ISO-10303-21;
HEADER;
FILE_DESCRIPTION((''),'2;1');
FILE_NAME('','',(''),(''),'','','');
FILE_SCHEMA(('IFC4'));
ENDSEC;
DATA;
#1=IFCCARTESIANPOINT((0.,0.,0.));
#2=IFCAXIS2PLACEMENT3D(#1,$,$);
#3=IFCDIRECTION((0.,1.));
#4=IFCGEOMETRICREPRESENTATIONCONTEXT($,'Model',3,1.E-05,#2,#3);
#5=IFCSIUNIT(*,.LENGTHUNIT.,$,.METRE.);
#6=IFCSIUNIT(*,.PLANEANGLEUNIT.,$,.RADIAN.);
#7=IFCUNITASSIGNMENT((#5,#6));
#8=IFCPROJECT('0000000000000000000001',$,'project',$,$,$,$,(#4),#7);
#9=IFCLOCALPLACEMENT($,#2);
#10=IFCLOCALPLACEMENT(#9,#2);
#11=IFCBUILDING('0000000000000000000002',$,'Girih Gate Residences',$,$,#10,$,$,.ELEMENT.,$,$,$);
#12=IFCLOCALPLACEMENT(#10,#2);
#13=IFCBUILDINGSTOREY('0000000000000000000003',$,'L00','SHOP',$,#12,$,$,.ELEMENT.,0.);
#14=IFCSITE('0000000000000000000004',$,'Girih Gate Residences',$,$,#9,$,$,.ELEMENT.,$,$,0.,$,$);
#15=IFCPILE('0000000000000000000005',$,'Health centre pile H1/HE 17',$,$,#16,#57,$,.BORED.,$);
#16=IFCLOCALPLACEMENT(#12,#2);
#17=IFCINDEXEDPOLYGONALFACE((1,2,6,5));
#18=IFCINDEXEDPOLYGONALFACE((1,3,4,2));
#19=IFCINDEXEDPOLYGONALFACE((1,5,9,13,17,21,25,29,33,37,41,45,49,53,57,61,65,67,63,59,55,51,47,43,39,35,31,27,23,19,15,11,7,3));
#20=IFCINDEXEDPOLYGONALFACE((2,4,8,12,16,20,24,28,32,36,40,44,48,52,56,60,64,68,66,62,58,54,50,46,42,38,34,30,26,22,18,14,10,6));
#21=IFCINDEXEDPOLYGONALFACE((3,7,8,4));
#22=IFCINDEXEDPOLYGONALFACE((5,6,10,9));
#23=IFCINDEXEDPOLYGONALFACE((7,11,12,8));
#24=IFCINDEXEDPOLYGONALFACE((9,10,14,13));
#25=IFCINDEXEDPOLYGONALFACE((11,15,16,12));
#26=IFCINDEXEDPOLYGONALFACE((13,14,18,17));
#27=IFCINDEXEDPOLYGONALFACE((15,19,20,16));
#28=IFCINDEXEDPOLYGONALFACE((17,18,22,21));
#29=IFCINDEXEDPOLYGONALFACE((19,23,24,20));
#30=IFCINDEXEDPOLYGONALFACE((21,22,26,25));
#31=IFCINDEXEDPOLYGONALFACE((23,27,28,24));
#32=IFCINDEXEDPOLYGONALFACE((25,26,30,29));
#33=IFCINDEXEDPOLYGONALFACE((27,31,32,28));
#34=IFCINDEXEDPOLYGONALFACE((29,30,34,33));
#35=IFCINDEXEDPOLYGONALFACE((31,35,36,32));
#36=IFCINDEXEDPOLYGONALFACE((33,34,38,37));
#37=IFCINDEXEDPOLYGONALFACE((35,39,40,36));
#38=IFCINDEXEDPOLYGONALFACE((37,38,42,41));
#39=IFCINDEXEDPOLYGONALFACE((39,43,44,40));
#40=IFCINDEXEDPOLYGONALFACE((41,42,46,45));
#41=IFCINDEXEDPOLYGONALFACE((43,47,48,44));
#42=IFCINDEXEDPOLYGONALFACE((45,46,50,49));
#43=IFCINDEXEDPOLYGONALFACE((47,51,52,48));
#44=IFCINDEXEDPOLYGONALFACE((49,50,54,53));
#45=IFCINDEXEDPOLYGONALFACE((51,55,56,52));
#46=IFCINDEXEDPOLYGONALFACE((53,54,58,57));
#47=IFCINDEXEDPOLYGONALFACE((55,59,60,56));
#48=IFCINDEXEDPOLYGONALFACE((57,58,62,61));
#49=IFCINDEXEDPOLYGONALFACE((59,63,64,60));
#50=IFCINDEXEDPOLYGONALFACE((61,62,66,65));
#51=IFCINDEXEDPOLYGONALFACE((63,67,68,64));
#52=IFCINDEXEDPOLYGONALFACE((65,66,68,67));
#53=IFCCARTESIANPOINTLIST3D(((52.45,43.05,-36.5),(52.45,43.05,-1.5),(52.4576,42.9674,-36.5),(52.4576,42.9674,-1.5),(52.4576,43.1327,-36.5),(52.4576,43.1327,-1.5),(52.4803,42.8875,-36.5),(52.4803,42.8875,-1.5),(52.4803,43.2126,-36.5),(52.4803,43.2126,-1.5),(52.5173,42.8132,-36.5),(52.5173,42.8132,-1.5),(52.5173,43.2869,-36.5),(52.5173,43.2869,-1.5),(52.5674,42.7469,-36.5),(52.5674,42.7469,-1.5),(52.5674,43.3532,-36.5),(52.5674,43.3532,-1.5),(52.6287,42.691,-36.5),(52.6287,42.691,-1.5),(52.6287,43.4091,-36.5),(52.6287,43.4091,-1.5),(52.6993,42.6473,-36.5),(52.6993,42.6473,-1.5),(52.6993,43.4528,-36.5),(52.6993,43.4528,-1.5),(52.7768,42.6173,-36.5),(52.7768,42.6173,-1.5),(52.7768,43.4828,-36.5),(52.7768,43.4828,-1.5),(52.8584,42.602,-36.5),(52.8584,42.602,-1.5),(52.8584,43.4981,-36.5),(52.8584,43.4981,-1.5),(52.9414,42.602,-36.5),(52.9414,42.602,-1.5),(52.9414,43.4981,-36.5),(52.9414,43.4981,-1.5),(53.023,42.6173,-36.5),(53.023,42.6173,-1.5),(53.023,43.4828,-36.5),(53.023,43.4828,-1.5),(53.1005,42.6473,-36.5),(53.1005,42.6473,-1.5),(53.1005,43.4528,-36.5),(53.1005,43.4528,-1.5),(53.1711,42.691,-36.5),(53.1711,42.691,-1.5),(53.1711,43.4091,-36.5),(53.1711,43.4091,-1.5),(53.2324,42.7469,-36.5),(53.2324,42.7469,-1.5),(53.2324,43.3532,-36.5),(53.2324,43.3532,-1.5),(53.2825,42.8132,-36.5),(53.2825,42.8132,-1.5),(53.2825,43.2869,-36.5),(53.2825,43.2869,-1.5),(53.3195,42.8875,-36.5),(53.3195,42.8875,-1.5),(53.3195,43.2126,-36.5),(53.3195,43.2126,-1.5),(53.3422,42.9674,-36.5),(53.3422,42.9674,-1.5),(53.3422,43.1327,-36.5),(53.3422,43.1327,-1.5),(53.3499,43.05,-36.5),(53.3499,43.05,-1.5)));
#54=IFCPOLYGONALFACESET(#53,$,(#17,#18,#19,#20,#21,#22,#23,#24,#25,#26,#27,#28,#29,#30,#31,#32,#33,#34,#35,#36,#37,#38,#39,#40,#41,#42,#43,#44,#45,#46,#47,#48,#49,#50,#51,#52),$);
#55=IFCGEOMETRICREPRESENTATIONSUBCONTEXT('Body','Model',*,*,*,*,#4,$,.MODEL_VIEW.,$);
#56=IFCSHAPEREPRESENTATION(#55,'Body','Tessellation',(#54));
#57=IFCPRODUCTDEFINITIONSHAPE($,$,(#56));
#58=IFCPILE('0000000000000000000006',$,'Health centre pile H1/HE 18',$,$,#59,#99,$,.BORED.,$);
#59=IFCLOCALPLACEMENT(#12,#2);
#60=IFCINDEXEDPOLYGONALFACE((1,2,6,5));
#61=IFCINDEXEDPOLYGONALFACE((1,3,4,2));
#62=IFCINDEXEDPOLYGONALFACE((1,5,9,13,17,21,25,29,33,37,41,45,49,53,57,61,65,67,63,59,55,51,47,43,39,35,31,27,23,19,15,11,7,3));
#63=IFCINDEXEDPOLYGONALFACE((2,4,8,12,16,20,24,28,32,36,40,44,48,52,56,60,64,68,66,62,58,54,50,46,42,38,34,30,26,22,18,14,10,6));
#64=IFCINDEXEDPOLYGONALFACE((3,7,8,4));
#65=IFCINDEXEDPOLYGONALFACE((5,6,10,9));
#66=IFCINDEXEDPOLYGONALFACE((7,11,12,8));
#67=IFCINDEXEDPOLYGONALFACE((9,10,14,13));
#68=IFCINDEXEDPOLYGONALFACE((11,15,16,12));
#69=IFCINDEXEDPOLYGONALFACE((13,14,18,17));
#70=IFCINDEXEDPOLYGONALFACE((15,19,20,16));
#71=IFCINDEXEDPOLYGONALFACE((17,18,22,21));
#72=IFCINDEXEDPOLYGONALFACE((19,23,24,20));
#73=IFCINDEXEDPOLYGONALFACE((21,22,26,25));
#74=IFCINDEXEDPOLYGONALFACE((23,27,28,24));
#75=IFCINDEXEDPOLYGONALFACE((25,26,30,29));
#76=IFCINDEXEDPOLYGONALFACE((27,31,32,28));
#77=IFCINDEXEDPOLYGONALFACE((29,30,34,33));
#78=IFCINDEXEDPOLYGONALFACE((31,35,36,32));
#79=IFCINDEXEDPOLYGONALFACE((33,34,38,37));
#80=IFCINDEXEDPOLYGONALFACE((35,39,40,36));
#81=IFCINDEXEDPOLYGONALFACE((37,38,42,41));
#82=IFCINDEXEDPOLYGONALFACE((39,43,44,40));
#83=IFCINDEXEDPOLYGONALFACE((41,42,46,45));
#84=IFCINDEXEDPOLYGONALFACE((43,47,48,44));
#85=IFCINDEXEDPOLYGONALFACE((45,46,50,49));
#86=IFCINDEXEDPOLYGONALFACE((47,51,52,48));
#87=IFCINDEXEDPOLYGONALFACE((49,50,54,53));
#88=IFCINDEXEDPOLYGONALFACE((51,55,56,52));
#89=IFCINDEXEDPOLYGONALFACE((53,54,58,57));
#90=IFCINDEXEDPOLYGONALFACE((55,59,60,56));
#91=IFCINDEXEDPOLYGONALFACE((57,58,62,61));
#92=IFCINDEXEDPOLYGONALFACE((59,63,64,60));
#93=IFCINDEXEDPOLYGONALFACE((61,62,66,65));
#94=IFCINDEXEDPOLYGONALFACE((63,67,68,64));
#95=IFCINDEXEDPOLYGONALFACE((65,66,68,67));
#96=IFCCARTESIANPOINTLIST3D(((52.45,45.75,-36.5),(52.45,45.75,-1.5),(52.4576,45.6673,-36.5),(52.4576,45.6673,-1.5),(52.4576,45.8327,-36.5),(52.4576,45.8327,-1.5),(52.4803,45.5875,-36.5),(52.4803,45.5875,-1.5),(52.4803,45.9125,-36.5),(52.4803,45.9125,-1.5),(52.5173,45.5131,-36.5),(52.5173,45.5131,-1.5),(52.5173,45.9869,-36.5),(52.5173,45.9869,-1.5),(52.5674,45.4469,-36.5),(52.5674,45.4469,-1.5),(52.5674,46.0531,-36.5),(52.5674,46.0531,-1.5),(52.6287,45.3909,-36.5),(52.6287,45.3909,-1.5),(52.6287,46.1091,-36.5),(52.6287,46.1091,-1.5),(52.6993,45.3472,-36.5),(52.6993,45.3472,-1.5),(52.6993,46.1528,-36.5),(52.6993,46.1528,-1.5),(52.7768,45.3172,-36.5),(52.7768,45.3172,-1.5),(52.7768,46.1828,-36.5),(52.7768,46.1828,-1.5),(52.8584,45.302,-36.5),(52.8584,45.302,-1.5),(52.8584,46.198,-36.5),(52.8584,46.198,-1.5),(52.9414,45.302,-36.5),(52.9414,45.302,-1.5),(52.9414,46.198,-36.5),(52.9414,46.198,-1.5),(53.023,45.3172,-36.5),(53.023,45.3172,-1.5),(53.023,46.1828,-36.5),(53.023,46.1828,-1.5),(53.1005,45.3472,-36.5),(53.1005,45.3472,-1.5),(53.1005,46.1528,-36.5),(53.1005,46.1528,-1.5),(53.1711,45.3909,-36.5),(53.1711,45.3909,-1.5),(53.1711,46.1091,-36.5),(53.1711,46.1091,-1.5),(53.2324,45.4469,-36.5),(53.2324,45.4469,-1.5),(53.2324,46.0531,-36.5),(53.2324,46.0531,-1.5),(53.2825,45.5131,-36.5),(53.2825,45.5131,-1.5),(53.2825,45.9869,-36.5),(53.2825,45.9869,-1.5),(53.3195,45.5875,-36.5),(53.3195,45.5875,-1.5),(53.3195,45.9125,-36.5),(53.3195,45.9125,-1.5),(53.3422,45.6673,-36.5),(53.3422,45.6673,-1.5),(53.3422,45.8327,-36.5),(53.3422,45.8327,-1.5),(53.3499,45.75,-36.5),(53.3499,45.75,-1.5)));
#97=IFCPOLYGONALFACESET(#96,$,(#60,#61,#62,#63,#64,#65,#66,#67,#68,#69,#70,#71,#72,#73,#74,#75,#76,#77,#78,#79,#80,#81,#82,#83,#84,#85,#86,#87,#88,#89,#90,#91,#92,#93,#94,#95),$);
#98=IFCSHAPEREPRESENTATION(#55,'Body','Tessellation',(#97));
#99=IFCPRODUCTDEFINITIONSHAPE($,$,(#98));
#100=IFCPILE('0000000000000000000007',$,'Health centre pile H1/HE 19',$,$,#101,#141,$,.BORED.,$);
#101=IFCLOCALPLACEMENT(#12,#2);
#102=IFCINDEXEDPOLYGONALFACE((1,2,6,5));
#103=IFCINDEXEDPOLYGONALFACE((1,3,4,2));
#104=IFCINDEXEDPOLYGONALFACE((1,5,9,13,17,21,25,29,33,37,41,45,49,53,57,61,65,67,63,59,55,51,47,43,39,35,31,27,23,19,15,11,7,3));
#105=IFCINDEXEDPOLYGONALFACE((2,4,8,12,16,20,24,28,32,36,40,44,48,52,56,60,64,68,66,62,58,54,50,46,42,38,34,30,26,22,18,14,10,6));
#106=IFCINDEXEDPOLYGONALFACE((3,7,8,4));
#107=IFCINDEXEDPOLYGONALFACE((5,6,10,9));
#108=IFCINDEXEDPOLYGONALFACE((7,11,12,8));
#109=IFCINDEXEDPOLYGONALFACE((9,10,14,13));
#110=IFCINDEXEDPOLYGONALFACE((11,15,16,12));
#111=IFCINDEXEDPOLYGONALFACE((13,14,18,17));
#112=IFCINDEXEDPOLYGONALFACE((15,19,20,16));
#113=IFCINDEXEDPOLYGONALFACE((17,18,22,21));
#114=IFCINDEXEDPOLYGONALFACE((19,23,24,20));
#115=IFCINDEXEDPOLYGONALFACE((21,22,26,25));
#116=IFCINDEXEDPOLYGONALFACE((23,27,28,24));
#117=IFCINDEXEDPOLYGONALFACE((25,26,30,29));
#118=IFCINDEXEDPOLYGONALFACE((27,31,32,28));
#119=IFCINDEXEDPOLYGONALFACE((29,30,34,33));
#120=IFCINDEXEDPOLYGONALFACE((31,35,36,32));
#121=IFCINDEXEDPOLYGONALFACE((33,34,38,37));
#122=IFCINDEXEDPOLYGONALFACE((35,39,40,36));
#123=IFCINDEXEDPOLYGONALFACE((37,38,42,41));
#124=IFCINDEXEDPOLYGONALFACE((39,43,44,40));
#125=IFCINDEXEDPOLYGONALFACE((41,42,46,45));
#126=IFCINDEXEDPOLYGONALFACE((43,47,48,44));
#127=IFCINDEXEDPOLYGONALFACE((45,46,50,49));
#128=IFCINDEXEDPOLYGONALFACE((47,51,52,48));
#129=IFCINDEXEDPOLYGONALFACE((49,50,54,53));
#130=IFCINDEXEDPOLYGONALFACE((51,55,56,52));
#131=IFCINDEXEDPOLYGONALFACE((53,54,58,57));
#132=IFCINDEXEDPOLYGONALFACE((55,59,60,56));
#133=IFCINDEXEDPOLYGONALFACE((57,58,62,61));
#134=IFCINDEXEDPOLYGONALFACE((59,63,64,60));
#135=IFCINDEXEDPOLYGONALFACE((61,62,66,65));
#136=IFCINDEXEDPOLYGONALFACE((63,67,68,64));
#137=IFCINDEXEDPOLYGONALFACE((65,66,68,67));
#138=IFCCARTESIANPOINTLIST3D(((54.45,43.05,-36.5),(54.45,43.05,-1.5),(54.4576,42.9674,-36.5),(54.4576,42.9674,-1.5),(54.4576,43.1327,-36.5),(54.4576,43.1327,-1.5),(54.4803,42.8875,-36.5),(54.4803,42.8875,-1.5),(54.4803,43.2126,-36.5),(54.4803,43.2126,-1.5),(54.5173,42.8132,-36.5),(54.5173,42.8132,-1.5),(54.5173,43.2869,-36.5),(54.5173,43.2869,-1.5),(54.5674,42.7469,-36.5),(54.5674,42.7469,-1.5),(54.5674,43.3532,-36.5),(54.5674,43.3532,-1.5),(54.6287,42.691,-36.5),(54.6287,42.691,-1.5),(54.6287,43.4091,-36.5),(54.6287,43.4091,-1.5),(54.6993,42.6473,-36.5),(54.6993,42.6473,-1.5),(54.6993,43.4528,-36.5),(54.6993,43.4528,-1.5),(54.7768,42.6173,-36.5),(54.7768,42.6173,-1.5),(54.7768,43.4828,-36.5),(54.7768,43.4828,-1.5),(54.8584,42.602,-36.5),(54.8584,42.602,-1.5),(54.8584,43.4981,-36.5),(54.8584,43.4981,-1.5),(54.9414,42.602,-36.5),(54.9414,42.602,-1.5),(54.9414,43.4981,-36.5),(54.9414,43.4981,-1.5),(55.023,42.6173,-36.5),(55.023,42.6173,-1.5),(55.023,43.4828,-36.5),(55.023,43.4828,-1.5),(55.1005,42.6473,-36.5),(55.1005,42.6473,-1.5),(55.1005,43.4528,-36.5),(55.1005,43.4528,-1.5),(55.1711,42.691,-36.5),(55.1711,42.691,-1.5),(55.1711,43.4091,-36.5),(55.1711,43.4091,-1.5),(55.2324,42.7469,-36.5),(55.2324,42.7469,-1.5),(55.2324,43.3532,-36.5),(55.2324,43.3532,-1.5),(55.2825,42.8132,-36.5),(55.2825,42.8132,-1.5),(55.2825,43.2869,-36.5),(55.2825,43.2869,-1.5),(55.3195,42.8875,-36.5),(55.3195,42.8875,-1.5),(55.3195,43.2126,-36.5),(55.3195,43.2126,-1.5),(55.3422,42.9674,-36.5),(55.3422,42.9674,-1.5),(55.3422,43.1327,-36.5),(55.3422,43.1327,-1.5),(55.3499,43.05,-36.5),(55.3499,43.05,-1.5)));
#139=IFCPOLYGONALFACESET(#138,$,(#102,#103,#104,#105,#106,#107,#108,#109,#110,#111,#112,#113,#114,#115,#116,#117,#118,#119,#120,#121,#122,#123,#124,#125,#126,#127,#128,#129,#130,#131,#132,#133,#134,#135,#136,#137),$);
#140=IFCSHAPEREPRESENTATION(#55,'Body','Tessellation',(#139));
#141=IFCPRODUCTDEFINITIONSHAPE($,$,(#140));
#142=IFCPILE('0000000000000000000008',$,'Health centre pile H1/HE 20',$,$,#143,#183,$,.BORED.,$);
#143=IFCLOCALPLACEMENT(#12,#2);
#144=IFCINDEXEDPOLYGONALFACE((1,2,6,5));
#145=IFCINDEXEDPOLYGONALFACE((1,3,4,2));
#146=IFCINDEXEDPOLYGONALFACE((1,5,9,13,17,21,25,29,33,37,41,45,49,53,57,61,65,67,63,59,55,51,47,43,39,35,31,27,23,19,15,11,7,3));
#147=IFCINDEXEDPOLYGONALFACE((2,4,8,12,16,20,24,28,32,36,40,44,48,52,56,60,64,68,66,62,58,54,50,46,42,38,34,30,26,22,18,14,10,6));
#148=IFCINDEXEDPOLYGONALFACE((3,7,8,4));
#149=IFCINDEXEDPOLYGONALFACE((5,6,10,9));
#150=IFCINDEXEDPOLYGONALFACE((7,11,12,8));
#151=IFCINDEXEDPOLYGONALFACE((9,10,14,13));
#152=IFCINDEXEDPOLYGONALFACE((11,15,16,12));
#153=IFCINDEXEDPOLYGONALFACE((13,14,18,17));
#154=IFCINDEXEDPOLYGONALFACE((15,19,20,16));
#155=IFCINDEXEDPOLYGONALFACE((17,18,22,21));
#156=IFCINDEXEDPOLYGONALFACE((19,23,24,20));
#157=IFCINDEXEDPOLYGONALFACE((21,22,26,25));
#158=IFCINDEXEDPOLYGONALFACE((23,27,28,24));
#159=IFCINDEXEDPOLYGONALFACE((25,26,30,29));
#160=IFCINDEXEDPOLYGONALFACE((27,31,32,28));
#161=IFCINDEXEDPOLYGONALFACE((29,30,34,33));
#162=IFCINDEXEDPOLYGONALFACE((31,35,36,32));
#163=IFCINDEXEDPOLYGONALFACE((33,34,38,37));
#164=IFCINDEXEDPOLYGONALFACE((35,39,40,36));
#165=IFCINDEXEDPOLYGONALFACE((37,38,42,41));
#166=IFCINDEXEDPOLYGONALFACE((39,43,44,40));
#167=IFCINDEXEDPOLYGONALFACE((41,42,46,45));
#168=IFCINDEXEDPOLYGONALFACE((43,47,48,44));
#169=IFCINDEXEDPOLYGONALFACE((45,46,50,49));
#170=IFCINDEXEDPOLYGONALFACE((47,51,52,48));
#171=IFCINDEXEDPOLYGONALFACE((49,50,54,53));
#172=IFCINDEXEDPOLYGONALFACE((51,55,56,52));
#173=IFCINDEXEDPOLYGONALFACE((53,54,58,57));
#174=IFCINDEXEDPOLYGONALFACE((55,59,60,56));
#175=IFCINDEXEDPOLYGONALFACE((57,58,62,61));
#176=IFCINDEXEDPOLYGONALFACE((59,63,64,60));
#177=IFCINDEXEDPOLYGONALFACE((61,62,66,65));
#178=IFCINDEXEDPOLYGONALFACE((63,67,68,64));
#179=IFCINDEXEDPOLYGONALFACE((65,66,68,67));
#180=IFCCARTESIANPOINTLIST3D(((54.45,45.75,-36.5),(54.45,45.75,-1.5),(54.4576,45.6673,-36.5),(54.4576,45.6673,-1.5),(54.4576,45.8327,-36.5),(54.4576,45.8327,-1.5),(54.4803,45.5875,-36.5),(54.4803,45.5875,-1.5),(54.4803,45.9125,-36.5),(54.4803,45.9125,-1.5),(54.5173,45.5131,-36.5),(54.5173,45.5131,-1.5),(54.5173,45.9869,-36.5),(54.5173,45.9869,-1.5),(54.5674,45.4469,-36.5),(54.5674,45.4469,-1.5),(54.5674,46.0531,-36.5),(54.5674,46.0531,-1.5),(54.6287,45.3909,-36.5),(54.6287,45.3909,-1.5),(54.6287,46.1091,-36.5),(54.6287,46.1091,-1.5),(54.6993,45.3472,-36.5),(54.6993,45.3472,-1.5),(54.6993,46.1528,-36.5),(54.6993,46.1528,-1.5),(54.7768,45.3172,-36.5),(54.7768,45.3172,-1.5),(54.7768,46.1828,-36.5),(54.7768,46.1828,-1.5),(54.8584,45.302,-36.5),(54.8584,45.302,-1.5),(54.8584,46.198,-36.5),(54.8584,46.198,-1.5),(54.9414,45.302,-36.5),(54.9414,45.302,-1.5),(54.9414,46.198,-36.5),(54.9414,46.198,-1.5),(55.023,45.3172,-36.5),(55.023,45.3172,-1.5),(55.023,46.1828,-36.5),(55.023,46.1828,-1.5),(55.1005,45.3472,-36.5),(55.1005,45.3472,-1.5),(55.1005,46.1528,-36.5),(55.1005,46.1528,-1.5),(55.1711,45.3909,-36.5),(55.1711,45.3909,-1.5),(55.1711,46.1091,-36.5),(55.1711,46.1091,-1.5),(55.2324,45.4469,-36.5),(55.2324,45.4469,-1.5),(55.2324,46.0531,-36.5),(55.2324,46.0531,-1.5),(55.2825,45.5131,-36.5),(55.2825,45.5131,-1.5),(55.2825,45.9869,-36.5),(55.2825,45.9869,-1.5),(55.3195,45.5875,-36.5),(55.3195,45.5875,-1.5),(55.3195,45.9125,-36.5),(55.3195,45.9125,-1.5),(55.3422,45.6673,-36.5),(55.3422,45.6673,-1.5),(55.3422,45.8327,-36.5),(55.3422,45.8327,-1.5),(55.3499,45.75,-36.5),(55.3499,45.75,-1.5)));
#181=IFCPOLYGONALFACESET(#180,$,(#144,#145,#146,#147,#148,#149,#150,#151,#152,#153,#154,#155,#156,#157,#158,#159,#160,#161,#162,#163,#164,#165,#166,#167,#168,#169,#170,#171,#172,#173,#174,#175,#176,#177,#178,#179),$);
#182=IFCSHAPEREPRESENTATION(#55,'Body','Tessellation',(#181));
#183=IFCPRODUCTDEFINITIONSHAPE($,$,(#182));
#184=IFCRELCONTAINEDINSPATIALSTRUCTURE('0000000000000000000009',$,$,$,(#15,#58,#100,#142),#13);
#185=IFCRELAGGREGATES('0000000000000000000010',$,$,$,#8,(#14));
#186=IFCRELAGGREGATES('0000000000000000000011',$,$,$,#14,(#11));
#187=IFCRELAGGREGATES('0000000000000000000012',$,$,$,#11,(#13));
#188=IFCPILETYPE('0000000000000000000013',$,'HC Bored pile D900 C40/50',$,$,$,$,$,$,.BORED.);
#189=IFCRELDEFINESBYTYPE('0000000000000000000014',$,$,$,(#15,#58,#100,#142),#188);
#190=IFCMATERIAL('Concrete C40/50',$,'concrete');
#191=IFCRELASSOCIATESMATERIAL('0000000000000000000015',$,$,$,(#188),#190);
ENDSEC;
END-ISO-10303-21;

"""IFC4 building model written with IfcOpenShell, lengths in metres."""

from ifc_helpers import new_model, si_unit, direction, frame, origin, origin_2d, place, context, subcontext, project, spatial, circle, extrude, material, material_profile, profile_set, type_object, element, save


model = new_model("IFC4")

# Units and contexts
model_context = context("Model", 3, precision=1e-05, world=origin(), true_north=direction((0.0, 1.0)))
body_context = subcontext(model_context, "Body", "Model", "MODEL_VIEW")
ifc_project = project(units=[si_unit("LENGTHUNIT", "METRE"), si_unit("PLANEANGLEUNIT", "RADIAN")], contexts=[model_context])

# Site, building, storey
site_placement = place(None, origin())
site = spatial("IfcSite", under=ifc_project, at=site_placement, Name="Girih Gate Residences", CompositionType="ELEMENT", RefElevation=0.0)
building_placement = place(site_placement, origin())
building = spatial("IfcBuilding", under=site, at=building_placement, Name="Girih Gate Residences", CompositionType="ELEMENT")
storey_placement = place(building_placement, origin())
storey = spatial("IfcBuildingStorey", under=building, at=storey_placement, Name="L00", Description="SHOP", CompositionType="ELEMENT", Elevation=0.0)

# Piles
ifc_material_1 = material(Name="Concrete C40/50", Category="concrete")
ifc_material_profile_1 = material_profile(ifc_material_1, circle(Radius=0.45, at=origin_2d()))
ifc_profile_set_1 = profile_set([ifc_material_profile_1], Name="Concrete C40/50")
pile_type = type_object("IfcPileType", Name="HC Bored pile D900 C40/50", PredefinedType="BORED", material=ifc_profile_set_1)
for number, where, z_axis, x_axis, name in (
    (1, (52.8999, 43.05, -1.5), (0.0, 0.0, -1.0), (1.0, 0.0, 0.0), "Health centre pile H1/HE 17"),
    (2, (52.8999, 45.75, -1.5), (0.0, 0.0, -1.0), (1.0, 0.0, 0.0), "Health centre pile H1/HE 18"),
    (3, (54.8999, 43.05, -1.5), (0.0, 0.0, -1.0), (1.0, 0.0, 0.0), "Health centre pile H1/HE 19"),
    (4, (54.8999, 45.75, -1.5), (0.0, 0.0, -1.0), (1.0, 0.0, 0.0), "Health centre pile H1/HE 20"),
):
    element("IfcPile", number, at=place(storey_placement, frame(where, z_axis=z_axis, x_axis=x_axis)), inside=storey, type_object=pile_type, Name=name, PredefinedType="BORED", context=body_context, shape_type="SweptSolid", body=[
        extrude(circle(Radius=0.45, at=origin_2d()), origin(), (0.0, 0.0, 1.0), 35.0),
    ])

save(model, "model.ifc")
